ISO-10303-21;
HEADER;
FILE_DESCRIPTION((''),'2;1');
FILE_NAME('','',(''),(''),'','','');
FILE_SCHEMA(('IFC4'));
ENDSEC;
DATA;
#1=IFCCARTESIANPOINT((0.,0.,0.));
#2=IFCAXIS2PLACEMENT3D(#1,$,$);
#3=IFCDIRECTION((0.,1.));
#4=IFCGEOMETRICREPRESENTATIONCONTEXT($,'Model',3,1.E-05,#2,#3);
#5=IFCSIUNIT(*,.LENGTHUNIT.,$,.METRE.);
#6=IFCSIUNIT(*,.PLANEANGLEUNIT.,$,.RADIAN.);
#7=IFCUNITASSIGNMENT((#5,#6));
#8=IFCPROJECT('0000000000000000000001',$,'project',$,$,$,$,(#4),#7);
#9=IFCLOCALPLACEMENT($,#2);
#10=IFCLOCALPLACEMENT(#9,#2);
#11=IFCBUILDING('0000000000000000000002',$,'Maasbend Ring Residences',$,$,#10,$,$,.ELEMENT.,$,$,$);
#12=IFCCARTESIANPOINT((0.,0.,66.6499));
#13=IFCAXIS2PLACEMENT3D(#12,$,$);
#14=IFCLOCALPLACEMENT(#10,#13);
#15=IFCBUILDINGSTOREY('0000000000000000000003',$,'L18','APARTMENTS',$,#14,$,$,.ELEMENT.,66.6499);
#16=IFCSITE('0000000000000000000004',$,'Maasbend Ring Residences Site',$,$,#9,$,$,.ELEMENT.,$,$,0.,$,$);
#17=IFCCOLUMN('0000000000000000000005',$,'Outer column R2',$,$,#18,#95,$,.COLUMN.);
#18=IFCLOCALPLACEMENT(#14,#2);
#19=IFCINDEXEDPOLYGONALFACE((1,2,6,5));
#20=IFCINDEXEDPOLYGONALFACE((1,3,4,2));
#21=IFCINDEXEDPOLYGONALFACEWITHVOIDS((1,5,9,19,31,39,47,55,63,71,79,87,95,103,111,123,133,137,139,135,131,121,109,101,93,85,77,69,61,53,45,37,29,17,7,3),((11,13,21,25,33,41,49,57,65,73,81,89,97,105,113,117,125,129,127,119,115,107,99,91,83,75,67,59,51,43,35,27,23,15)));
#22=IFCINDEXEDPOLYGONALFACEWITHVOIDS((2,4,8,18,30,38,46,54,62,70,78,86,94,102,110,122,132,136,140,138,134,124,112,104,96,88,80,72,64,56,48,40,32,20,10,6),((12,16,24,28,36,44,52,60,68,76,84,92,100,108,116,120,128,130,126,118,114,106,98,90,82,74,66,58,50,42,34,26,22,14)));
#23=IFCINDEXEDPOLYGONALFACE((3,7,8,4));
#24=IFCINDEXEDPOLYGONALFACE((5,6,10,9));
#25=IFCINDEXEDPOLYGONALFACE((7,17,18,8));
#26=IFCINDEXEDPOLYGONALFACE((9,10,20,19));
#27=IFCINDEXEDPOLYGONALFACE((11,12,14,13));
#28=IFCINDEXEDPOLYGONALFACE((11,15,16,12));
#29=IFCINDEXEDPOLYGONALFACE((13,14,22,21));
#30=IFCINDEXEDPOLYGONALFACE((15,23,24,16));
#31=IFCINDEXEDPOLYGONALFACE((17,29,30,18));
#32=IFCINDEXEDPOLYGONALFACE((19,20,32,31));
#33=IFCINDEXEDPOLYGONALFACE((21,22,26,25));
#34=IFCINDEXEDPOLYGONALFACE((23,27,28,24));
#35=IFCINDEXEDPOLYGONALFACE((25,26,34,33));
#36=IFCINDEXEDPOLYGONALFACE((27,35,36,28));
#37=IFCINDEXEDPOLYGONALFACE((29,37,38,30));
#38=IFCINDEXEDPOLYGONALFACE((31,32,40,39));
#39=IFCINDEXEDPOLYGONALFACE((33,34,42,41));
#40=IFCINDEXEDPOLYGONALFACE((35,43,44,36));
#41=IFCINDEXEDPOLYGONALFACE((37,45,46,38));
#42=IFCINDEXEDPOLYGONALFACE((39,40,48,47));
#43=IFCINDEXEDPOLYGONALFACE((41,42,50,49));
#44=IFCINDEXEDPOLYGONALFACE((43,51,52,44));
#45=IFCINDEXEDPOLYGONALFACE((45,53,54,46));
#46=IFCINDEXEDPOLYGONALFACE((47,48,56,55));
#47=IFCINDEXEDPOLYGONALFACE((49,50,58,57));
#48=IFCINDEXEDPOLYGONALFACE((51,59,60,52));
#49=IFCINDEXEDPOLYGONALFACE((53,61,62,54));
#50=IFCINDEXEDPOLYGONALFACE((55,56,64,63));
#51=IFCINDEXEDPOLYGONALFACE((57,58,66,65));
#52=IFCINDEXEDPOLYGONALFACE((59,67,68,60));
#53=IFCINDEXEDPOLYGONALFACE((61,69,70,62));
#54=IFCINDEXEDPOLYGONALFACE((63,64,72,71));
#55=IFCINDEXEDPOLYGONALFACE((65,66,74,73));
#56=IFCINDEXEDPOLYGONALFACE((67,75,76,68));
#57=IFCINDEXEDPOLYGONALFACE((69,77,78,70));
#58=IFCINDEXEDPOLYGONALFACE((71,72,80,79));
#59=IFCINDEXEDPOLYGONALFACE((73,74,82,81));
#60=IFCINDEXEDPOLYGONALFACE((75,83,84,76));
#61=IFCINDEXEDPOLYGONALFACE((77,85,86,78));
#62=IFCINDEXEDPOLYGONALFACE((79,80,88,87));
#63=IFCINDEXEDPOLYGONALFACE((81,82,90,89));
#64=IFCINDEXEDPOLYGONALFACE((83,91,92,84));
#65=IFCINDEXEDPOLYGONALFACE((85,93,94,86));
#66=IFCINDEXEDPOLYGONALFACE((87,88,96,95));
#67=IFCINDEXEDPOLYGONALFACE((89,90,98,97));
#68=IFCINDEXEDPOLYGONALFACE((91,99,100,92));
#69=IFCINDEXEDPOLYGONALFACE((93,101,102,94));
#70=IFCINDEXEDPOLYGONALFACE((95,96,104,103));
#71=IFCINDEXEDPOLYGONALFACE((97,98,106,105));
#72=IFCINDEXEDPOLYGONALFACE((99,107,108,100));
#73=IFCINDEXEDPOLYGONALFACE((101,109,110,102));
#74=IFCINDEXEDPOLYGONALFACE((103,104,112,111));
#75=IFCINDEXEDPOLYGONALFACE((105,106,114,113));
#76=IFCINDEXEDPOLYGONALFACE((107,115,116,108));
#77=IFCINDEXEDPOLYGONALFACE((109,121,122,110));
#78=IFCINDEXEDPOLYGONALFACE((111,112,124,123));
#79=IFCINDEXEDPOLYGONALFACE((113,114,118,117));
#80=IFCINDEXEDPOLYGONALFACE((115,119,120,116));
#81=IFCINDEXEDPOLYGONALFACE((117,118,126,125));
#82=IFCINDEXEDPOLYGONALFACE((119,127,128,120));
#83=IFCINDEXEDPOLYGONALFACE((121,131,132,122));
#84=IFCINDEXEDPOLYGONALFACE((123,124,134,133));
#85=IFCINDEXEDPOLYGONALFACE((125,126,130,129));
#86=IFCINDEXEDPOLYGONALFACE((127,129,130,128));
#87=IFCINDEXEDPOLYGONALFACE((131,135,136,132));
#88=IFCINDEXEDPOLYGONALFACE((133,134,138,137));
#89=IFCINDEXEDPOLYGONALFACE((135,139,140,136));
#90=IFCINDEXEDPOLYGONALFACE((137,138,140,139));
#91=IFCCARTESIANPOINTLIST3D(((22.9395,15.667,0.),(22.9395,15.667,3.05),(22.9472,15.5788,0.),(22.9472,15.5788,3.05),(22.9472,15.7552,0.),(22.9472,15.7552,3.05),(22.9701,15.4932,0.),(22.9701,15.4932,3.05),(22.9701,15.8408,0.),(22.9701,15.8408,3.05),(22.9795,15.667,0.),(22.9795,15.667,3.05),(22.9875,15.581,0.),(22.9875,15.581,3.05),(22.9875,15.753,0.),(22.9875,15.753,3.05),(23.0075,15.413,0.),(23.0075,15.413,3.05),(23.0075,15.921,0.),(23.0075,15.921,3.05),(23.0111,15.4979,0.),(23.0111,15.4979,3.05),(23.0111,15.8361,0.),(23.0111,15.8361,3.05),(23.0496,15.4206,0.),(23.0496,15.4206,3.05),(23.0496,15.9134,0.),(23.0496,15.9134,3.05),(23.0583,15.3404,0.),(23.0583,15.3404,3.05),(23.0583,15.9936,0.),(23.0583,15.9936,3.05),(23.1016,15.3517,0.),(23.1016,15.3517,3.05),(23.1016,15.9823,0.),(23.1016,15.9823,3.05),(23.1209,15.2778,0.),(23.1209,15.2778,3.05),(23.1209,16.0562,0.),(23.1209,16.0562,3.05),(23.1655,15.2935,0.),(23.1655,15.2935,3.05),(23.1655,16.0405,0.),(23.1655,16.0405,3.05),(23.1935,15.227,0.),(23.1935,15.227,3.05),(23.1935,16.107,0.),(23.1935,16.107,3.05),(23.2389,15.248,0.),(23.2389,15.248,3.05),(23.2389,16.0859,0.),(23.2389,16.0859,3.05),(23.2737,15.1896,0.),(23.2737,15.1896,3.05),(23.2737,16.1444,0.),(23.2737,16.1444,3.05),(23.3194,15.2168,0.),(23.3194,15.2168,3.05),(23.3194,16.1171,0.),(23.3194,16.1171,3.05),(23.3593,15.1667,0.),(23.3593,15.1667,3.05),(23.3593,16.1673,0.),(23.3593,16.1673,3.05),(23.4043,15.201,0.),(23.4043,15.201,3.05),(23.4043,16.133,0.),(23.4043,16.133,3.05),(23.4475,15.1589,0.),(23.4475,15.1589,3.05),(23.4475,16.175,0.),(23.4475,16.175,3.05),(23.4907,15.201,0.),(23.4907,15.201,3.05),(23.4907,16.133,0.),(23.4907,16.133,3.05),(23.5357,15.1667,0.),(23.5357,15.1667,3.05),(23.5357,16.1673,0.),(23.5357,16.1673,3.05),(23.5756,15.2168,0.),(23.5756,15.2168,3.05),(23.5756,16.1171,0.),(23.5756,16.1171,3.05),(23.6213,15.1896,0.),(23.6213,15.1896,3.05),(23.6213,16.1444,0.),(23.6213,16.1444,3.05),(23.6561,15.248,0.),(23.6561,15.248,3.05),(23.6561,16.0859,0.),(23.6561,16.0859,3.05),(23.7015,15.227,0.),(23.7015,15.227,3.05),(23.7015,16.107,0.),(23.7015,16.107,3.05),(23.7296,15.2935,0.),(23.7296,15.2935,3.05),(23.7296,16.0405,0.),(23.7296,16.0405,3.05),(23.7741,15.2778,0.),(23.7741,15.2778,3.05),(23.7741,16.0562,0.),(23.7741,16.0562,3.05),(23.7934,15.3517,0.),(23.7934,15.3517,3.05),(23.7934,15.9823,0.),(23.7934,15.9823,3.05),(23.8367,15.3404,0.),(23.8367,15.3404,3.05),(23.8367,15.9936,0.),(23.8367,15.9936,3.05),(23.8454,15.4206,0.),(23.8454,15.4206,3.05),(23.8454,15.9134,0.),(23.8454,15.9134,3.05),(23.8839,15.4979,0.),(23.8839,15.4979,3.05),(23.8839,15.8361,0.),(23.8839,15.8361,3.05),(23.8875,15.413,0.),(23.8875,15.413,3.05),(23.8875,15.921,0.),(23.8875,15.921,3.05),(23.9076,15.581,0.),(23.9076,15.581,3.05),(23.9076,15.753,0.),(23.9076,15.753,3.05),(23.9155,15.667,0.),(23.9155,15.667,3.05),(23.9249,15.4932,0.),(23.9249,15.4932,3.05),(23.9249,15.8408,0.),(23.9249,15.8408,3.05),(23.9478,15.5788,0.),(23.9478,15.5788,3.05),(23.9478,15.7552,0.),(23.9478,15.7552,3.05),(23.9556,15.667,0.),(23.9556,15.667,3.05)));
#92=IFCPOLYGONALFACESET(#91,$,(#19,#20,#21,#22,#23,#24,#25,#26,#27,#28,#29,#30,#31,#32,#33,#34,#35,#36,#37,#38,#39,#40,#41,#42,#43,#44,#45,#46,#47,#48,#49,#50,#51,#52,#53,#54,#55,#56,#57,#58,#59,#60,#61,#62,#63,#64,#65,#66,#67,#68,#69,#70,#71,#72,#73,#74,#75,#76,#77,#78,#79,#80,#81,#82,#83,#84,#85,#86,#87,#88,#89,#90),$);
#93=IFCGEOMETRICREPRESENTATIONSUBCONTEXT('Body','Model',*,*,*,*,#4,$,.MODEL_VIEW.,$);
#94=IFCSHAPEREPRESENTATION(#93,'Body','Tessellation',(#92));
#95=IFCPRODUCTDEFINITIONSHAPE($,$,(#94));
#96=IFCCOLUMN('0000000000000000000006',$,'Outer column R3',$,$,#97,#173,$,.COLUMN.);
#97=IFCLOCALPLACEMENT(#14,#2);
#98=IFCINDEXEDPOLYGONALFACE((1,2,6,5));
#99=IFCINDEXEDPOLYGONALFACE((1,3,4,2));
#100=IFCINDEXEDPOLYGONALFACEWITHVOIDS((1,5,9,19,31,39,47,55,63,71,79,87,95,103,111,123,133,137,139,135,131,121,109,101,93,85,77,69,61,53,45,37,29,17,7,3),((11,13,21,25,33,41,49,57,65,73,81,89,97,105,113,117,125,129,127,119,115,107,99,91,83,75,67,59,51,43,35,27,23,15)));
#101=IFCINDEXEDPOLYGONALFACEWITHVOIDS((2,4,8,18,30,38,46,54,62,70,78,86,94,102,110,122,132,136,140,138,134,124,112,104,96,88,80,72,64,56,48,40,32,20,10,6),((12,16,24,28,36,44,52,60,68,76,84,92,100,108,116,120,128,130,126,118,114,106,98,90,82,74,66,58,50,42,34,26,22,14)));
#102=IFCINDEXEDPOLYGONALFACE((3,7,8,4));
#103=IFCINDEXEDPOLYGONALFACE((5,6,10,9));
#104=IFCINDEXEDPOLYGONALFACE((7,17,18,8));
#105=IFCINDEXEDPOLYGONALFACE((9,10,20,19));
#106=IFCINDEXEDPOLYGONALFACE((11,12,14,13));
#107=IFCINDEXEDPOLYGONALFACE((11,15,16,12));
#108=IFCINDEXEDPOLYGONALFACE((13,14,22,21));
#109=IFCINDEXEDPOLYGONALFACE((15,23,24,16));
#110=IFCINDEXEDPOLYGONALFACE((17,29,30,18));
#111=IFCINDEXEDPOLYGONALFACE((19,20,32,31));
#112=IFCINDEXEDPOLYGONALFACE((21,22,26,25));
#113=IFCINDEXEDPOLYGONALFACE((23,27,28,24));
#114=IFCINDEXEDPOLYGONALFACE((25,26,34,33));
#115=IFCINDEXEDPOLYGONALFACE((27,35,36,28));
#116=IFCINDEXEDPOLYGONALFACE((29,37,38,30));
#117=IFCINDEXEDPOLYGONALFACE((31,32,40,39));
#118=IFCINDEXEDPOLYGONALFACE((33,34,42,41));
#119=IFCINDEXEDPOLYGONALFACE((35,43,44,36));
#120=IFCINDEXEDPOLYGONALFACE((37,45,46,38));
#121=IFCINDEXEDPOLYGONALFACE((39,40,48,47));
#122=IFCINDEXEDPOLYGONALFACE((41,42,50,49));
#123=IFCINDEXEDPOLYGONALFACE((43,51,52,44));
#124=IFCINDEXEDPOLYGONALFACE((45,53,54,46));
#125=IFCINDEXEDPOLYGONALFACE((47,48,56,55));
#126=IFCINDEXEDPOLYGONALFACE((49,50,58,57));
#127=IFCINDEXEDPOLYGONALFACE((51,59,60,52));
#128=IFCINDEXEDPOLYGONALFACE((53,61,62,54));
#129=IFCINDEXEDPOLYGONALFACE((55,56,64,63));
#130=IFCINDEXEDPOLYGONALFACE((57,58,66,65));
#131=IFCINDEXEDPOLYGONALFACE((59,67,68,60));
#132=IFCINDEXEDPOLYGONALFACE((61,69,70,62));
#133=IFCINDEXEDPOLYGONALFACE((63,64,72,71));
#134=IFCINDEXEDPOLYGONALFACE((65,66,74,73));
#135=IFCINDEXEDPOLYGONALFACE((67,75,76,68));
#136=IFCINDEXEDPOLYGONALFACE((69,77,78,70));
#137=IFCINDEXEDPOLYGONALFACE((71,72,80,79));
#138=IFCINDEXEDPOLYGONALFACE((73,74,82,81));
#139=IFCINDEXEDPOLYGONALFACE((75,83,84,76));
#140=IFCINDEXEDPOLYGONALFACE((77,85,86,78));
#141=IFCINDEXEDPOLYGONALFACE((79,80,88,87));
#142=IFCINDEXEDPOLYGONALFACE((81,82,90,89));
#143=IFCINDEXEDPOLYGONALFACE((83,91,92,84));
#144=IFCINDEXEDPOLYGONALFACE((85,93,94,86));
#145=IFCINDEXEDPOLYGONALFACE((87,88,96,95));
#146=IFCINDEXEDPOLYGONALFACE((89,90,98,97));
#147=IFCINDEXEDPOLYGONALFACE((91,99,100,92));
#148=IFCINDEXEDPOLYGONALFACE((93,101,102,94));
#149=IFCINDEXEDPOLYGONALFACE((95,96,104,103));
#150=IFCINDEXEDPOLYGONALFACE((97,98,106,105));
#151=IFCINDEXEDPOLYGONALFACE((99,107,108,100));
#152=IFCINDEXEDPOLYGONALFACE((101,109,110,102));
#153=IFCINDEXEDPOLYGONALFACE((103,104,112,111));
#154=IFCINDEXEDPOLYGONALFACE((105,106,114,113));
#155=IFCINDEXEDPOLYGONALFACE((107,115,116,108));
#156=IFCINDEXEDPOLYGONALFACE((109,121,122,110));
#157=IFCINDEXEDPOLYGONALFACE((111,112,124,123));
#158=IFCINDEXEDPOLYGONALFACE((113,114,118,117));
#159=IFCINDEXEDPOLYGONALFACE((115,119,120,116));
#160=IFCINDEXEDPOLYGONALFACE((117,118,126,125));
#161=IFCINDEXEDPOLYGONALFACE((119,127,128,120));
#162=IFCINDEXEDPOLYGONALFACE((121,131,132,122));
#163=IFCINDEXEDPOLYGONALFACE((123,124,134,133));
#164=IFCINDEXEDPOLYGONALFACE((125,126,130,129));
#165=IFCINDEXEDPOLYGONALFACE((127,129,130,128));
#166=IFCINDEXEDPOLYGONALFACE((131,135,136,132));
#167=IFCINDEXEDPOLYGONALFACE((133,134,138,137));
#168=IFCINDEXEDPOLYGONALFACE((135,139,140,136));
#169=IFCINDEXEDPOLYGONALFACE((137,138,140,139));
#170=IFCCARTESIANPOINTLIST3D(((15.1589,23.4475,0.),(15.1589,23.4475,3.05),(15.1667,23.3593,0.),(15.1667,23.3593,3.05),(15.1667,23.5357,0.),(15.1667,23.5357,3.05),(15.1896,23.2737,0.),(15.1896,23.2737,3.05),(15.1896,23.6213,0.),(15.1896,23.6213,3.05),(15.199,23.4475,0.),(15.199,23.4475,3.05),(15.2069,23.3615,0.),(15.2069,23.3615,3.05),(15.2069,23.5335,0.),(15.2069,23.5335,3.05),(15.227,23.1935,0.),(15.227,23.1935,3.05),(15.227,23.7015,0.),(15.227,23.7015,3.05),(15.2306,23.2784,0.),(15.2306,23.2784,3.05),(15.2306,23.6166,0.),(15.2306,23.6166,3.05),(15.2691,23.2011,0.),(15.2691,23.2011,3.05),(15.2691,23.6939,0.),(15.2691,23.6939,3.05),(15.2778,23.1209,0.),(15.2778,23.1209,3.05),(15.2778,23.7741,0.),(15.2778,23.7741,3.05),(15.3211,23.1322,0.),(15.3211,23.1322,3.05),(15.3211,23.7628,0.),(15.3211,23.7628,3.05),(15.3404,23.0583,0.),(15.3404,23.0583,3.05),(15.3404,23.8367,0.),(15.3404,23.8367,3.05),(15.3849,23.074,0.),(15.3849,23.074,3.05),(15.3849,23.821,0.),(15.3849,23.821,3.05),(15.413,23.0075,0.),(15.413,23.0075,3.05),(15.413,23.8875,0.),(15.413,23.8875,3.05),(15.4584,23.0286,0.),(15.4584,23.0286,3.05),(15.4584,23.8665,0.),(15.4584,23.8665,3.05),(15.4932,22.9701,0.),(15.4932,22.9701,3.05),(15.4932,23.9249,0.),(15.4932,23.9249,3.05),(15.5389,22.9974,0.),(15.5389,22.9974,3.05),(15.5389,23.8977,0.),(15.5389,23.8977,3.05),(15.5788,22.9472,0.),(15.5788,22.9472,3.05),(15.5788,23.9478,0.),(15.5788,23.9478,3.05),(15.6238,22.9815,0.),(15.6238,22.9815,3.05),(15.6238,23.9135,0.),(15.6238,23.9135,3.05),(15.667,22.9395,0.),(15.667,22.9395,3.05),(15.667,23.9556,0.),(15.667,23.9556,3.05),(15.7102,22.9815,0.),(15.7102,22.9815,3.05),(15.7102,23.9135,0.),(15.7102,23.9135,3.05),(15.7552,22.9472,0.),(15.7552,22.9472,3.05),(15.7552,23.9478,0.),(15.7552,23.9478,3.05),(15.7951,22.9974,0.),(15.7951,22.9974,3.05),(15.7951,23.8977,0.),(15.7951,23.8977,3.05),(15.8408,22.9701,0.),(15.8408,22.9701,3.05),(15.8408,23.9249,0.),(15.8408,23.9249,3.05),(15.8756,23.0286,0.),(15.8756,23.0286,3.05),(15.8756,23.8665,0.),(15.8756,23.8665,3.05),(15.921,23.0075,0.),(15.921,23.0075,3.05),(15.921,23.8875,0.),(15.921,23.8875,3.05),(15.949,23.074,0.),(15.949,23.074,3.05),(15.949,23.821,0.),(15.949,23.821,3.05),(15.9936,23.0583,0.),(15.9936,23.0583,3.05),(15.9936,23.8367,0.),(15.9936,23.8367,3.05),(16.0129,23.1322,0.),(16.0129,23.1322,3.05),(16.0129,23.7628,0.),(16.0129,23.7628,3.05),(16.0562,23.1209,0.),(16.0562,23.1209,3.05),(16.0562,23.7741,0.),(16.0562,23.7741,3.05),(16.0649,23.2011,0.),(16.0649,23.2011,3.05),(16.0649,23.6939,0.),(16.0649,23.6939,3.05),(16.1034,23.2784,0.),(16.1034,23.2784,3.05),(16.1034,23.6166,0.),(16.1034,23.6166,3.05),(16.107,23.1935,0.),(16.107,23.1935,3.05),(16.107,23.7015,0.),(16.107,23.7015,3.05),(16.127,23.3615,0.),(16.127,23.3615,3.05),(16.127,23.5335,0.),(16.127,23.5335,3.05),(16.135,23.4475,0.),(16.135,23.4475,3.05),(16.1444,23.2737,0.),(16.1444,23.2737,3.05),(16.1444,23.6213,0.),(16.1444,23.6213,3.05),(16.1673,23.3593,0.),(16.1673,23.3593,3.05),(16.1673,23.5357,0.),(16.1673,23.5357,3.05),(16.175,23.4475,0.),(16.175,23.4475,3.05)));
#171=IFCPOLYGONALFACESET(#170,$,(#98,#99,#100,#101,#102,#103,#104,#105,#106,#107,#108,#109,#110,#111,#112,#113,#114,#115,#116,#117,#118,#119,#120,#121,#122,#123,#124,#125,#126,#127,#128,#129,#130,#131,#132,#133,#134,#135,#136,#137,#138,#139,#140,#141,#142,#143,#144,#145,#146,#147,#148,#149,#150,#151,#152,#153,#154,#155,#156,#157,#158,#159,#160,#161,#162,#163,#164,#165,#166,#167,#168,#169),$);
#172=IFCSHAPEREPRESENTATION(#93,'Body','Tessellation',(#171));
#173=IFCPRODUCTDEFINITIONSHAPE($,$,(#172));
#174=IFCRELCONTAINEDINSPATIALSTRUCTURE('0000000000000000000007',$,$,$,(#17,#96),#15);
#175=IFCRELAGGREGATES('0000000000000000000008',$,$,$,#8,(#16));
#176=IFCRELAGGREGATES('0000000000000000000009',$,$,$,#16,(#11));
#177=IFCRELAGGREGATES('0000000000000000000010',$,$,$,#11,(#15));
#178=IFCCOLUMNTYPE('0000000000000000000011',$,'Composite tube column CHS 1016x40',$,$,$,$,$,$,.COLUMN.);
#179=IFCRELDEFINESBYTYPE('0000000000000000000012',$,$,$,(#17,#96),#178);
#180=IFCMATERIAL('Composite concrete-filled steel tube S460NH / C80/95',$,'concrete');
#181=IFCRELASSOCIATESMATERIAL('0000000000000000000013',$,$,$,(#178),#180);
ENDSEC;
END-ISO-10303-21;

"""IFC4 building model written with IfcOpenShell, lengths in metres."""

from ifc_helpers import new_model, si_unit, direction, frame, origin, origin_2d, place, context, subcontext, project, spatial, hollow_circle, extrude, material, material_profile, profile_set, type_object, element, save


model = new_model("IFC4")

# Units and contexts
model_context = context("Model", 3, precision=1e-05, world=origin(), true_north=direction((0.0, 1.0)))
body_context = subcontext(model_context, "Body", "Model", "MODEL_VIEW")
ifc_project = project(units=[si_unit("LENGTHUNIT", "METRE"), si_unit("PLANEANGLEUNIT", "RADIAN")], contexts=[model_context])

# Site, building, storey
site_placement = place(None, origin())
site = spatial("IfcSite", under=ifc_project, at=site_placement, Name="Maasbend Ring Residences Site", CompositionType="ELEMENT", RefElevation=0.0)
building_placement = place(site_placement, origin())
building = spatial("IfcBuilding", under=site, at=building_placement, Name="Maasbend Ring Residences", CompositionType="ELEMENT")
storey_placement = place(building_placement, frame((0.0, 0.0, 66.6499)))
storey = spatial("IfcBuildingStorey", under=building, at=storey_placement, Name="L18", Description="APARTMENTS", CompositionType="ELEMENT", Elevation=66.6499)

# Columns
ifc_material_1 = material(Name="Composite concrete-filled steel tube S460NH / C80/95", Category="concrete")
ifc_material_profile_1 = material_profile(ifc_material_1, hollow_circle(Radius=0.5081, WallThickness=0.04, at=origin_2d()), Name="Composite tube column CHS 1016x40")
ifc_profile_set_1 = profile_set([ifc_material_profile_1], Name="Composite concrete-filled steel tube S460NH / C80/95")
column_type = type_object("IfcColumnType", Name="Composite tube column CHS 1016x40", PredefinedType="COLUMN", material=ifc_profile_set_1)
for number, where, z_axis, x_axis, name in (
    (1, (23.4475, 15.667, 0.0), (0.0, 0.0, 1.0), (1.0, 0.0, 0.0), "Outer column R2"),
    (2, (15.667, 23.4475, 0.0), (0.0, 0.0, 1.0), (1.0, 0.0, 0.0), "Outer column R3"),
):
    element("IfcColumn", number, at=place(storey_placement, frame(where, z_axis=z_axis, x_axis=x_axis)), inside=storey, type_object=column_type, Name=name, PredefinedType="COLUMN", context=body_context, shape_type="SweptSolid", body=[
        extrude(hollow_circle(Radius=0.5081, WallThickness=0.04, at=origin_2d()), origin(), (0.0, 0.0, 1.0), 3.05),
    ])

save(model, "model.ifc")
